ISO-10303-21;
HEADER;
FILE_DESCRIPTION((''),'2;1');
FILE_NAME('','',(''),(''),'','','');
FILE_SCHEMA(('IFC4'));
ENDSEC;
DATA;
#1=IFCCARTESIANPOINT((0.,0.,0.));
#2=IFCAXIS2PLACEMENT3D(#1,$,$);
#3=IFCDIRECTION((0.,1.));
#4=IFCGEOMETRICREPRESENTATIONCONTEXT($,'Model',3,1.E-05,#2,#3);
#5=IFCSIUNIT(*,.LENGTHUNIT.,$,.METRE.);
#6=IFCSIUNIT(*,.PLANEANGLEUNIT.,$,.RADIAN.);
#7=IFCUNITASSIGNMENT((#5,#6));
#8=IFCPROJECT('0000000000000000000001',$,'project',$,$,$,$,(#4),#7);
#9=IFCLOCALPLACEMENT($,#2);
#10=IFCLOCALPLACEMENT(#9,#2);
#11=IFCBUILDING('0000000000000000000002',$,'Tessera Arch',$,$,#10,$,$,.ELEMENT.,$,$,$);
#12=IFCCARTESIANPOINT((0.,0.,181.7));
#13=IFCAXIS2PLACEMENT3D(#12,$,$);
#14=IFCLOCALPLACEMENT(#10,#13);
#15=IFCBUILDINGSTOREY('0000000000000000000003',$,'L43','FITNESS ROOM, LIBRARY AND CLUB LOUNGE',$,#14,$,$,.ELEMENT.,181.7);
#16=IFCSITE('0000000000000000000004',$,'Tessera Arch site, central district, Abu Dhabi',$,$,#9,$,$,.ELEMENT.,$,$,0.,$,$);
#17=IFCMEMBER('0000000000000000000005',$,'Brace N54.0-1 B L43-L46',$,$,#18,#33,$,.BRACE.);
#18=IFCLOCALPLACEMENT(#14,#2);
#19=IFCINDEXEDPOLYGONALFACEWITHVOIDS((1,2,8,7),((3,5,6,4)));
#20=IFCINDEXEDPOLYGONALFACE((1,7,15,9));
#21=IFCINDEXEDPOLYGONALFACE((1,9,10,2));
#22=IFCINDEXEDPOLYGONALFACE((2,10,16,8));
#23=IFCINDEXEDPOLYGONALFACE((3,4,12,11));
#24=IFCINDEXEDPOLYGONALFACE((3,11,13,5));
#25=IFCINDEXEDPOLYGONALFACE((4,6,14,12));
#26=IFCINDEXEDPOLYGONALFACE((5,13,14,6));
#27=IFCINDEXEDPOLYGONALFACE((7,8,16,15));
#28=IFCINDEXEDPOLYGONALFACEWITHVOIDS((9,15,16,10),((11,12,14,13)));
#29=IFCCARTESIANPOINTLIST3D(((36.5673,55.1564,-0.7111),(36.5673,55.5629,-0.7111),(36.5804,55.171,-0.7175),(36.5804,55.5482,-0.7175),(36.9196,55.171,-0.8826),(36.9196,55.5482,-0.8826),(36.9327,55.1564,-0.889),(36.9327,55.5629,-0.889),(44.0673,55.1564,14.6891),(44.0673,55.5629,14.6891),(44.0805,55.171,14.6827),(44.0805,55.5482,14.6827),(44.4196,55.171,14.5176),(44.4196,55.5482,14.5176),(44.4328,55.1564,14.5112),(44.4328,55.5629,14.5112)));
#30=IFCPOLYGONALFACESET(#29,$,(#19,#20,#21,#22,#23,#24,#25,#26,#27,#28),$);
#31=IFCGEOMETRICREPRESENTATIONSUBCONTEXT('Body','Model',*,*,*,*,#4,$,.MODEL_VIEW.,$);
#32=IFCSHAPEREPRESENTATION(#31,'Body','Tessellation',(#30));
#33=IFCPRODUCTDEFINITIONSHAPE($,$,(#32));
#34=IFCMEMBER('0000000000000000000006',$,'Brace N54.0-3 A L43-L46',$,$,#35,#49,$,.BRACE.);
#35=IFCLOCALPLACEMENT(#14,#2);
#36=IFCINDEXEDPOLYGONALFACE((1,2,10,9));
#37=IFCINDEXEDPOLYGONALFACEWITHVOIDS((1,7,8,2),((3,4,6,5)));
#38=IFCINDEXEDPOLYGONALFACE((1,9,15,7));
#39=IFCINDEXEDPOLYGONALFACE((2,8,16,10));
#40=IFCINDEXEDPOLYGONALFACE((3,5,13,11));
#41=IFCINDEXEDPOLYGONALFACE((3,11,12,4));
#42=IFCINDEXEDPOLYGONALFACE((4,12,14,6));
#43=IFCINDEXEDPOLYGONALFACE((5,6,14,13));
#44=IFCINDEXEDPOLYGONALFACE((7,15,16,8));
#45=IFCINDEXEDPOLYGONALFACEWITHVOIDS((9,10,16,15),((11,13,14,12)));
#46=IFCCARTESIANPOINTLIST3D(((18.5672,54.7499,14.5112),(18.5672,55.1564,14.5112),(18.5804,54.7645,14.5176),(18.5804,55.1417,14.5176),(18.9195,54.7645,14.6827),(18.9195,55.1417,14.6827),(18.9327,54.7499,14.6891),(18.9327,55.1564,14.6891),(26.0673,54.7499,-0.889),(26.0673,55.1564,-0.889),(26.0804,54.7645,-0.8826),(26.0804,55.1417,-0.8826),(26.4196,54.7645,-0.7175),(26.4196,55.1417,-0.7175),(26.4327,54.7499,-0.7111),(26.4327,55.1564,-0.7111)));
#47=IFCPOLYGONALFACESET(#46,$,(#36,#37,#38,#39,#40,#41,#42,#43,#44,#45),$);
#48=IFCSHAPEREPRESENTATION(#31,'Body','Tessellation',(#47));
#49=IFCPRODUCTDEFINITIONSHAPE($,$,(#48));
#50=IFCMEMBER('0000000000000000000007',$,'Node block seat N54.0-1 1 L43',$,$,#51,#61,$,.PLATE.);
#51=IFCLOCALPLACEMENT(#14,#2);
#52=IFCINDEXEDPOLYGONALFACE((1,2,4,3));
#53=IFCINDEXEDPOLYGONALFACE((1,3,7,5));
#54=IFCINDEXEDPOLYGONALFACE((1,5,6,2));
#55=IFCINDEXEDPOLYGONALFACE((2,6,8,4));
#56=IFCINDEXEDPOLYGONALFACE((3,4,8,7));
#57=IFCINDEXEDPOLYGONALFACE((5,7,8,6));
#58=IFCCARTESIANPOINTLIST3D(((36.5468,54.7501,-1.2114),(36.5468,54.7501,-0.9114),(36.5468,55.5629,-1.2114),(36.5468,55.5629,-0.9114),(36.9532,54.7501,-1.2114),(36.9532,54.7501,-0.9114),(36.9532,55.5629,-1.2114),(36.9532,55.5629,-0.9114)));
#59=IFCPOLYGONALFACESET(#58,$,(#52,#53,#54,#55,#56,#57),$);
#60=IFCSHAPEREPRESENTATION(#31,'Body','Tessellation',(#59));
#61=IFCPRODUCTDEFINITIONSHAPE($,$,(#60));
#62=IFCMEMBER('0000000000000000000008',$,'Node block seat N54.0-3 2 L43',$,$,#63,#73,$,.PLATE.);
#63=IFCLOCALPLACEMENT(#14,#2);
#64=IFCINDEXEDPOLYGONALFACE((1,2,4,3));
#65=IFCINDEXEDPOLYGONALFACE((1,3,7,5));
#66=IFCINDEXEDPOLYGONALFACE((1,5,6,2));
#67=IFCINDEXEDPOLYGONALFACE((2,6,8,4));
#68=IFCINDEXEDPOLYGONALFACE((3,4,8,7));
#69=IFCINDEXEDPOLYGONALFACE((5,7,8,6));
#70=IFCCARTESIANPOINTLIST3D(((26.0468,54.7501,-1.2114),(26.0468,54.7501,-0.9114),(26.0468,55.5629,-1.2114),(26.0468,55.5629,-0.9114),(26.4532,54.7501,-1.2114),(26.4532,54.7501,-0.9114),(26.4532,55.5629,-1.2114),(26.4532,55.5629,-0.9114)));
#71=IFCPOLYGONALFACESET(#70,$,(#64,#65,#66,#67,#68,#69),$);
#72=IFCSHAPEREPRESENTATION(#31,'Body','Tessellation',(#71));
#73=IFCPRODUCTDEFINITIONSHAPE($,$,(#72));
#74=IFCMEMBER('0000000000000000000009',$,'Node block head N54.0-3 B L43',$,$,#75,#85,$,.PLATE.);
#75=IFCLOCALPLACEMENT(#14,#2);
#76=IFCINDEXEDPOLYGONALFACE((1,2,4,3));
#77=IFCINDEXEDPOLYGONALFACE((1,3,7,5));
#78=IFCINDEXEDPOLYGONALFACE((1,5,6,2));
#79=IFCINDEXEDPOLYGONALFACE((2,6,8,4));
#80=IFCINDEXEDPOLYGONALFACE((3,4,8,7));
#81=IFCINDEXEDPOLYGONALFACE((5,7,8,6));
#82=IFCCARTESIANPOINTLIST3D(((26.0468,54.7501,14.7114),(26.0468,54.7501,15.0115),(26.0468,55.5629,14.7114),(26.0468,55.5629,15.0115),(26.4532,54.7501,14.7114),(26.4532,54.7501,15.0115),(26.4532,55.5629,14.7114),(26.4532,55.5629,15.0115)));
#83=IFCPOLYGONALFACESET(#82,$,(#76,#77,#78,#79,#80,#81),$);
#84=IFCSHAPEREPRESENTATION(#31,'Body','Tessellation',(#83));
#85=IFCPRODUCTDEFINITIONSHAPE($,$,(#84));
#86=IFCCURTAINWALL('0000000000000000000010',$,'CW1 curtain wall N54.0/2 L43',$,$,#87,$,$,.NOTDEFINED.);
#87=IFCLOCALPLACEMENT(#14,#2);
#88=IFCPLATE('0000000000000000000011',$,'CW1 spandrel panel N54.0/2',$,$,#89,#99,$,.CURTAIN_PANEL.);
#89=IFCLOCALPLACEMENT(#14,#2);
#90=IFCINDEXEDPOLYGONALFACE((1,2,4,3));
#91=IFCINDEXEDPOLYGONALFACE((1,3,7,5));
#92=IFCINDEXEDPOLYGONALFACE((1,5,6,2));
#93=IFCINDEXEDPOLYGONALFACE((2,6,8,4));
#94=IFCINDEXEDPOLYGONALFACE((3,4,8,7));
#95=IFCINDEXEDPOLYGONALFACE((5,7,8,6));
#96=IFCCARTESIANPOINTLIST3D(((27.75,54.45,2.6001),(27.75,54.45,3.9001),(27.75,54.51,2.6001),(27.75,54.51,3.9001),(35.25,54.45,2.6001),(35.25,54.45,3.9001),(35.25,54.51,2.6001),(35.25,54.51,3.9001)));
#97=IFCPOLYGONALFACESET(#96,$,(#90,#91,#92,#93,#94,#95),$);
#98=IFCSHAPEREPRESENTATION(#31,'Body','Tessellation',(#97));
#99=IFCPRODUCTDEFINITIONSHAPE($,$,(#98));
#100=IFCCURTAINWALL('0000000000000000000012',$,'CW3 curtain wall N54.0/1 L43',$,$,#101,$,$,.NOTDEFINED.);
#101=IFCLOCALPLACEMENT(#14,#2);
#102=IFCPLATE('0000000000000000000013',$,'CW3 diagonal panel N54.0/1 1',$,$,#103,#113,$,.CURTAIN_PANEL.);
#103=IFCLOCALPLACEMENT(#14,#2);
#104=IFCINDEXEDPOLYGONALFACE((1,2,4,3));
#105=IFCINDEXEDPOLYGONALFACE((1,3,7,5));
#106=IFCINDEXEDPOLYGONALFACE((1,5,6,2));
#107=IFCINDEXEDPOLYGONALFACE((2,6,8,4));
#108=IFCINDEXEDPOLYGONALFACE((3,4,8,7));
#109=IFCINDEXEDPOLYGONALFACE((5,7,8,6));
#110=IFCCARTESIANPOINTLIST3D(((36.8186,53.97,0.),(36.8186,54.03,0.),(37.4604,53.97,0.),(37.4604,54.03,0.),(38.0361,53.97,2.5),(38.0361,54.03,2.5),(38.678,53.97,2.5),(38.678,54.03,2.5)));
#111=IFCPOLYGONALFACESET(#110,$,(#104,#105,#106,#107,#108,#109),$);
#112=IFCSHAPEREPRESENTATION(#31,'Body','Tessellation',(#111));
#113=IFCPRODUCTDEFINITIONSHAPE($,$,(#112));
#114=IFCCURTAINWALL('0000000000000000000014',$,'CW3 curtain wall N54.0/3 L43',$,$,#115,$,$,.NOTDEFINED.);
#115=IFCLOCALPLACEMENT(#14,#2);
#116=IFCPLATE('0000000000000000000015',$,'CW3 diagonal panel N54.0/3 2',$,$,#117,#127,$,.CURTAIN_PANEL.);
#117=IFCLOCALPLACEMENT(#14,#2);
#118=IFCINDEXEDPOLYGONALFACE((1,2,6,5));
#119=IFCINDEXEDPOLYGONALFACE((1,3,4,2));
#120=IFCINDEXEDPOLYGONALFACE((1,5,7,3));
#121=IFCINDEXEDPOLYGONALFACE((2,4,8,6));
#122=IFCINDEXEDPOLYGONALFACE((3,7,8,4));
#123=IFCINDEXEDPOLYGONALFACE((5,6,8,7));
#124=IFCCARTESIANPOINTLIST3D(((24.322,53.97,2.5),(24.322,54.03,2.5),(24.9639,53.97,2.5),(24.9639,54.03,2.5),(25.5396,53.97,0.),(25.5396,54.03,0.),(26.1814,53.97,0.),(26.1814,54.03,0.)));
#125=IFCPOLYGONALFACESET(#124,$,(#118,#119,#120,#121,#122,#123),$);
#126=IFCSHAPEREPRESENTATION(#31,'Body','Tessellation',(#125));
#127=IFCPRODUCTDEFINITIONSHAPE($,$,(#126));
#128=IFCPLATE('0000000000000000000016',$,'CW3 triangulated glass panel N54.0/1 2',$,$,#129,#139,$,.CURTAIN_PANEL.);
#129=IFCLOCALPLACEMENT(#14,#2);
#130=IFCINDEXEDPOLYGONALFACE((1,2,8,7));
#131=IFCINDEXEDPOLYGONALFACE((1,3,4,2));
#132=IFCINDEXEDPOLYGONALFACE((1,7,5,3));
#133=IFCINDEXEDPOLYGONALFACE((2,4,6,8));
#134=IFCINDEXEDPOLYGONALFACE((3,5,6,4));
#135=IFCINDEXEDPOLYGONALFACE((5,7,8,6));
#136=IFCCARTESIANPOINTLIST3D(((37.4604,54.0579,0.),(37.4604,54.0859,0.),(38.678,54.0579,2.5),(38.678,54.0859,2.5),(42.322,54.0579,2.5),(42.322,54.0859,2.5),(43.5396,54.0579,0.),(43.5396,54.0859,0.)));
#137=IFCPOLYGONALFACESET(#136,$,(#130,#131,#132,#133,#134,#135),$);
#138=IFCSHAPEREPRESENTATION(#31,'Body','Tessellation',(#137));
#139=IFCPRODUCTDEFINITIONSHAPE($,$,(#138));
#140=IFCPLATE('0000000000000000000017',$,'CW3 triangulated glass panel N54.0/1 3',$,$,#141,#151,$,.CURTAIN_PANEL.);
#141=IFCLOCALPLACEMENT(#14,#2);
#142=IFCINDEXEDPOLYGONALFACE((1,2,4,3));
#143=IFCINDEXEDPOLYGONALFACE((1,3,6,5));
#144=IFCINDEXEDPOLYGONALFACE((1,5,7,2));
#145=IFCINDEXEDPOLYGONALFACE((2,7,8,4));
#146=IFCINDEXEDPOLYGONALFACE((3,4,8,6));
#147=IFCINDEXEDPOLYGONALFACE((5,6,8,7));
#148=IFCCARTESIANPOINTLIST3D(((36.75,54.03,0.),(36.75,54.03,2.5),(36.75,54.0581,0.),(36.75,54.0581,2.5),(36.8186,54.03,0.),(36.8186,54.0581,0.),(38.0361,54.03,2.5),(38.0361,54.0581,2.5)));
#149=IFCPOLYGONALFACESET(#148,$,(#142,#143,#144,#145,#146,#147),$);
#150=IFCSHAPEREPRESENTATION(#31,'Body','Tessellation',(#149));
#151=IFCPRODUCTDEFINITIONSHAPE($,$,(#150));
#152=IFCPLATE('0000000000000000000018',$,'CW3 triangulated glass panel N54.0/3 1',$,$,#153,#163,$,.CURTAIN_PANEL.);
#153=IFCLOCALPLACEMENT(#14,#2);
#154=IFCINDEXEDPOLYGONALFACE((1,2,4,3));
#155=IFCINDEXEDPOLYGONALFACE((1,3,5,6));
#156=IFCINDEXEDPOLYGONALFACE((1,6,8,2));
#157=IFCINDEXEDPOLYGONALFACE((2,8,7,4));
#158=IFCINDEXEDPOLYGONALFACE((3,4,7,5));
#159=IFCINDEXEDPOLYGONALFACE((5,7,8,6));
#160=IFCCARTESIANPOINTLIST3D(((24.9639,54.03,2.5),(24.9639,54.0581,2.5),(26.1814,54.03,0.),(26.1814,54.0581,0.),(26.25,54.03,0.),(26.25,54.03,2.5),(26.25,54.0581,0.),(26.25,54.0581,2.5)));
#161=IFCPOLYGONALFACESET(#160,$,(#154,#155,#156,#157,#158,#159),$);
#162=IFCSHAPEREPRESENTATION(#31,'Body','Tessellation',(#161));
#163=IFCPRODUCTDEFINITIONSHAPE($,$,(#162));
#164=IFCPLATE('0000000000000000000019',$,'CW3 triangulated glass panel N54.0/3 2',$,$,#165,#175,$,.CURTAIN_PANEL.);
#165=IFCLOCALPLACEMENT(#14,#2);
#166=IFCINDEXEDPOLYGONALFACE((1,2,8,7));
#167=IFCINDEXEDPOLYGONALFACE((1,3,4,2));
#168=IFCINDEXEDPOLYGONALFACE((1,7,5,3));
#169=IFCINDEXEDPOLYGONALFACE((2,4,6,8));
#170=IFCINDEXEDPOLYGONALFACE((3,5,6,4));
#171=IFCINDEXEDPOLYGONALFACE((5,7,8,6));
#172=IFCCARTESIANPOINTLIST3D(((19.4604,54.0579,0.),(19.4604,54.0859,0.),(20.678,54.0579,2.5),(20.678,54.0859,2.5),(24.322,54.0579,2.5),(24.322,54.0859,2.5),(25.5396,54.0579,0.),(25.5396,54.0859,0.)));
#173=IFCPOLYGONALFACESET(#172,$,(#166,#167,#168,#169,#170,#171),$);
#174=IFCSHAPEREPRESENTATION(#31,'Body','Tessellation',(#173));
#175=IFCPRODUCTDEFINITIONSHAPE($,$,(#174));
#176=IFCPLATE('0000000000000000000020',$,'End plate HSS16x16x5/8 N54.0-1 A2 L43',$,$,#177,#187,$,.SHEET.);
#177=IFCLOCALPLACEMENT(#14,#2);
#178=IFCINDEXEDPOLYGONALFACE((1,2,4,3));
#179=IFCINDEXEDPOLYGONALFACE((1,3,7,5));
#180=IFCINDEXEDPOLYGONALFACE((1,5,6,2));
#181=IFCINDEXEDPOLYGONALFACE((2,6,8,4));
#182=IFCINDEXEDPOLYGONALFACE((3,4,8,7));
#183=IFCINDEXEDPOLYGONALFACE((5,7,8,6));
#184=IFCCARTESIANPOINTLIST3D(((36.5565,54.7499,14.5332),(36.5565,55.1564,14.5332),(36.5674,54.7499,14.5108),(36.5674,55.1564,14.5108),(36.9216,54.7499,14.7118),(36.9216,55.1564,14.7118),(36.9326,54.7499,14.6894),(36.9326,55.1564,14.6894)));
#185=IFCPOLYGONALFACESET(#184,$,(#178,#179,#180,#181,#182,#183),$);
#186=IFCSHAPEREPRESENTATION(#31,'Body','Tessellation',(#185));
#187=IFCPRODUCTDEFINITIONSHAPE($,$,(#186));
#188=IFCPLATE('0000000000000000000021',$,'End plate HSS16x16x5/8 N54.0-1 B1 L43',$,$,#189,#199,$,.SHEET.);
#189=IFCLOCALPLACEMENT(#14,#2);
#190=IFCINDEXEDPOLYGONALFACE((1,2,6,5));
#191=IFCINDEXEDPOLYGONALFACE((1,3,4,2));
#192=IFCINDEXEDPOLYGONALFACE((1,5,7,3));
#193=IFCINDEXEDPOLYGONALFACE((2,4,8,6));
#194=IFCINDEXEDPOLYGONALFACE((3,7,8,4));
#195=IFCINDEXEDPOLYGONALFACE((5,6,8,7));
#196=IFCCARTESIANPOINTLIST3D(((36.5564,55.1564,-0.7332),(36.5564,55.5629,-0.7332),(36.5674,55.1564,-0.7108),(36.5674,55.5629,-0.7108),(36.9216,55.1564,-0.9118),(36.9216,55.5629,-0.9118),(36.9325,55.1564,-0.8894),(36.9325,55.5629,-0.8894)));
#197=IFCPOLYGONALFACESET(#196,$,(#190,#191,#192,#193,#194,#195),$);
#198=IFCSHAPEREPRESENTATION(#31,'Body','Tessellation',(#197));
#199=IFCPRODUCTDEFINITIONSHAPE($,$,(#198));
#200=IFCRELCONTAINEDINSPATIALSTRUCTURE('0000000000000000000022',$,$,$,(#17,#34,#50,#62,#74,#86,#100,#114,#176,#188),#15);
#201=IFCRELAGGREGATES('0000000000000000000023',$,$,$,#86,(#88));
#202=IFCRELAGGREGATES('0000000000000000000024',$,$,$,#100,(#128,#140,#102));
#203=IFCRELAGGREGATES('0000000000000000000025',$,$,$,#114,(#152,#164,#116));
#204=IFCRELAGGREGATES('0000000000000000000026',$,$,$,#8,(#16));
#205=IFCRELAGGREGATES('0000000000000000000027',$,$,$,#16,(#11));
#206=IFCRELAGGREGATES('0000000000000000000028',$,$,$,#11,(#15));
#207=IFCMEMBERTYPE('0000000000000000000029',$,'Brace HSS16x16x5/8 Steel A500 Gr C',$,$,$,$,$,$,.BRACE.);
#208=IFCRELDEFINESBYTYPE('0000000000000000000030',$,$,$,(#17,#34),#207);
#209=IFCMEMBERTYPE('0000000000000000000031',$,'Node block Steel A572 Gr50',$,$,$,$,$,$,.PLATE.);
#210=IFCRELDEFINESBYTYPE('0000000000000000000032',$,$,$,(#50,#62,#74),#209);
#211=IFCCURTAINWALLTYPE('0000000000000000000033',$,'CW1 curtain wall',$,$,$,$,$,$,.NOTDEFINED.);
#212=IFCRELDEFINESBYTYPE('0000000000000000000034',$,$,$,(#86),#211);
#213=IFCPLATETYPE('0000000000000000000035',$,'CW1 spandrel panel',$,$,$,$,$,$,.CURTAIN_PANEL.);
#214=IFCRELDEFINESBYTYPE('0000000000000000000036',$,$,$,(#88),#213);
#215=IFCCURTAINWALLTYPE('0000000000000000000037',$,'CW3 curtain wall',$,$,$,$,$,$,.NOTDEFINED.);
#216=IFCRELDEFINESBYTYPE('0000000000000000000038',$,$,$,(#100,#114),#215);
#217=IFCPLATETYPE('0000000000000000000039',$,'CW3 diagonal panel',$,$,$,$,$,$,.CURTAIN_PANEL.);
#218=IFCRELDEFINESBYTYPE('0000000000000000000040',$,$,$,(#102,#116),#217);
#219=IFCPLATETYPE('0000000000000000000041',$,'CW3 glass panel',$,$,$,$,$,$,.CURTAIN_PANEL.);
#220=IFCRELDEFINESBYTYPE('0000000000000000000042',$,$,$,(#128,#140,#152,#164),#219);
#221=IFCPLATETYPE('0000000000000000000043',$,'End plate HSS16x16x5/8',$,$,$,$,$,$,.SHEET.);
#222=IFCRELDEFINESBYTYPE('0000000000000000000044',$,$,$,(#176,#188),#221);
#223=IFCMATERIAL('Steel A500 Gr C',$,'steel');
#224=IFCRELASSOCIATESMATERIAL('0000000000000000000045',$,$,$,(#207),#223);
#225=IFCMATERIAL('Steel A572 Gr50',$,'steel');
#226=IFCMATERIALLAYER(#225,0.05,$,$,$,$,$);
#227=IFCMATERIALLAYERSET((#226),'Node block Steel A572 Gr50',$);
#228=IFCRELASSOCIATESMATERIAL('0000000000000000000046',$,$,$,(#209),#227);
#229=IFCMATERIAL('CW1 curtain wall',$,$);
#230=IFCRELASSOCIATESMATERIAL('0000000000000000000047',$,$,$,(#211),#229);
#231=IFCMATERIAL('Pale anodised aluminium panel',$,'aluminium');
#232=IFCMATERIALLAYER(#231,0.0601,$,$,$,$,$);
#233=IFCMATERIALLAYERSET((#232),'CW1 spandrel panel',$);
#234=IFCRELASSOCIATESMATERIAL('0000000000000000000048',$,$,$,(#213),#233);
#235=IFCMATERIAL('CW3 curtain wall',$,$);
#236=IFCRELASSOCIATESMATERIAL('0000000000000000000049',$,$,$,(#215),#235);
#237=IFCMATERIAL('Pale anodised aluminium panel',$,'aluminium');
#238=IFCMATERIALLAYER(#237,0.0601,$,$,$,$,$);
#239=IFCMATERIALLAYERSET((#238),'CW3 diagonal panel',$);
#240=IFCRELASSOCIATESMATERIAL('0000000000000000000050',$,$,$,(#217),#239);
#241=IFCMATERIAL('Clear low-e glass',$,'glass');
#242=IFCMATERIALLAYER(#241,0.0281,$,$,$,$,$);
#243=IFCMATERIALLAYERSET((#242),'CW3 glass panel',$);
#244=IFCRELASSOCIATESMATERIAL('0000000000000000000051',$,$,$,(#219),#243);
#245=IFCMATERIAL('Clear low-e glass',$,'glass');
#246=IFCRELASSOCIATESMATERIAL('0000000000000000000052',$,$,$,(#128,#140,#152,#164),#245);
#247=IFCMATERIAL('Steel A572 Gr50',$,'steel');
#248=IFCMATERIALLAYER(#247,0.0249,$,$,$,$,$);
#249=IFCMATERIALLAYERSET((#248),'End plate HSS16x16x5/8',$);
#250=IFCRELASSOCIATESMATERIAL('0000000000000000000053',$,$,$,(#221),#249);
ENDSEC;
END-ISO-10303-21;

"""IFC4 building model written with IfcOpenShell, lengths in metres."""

from ifc_helpers import new_model, si_unit, direction, frame, origin, origin_2d, place, context, subcontext, project, spatial, polyline, rectangle, hollow_rectangle, outline, extrude, material, layer, layer_set, material_profile, profile_set, type_object, element, aggregate, save


model = new_model("IFC4")

# Units and contexts
model_context = context("Model", 3, precision=1e-05, world=origin(), true_north=direction((0.0, 1.0)))
body_context = subcontext(model_context, "Body", "Model", "MODEL_VIEW")
ifc_project = project(units=[si_unit("LENGTHUNIT", "METRE"), si_unit("PLANEANGLEUNIT", "RADIAN")], contexts=[model_context])

# Site, building, storey
site_placement = place(None, origin())
site = spatial("IfcSite", under=ifc_project, at=site_placement, Name="Tessera Arch site, central district, Abu Dhabi", CompositionType="ELEMENT", RefElevation=0.0)
building_placement = place(site_placement, origin())
building = spatial("IfcBuilding", under=site, at=building_placement, Name="Tessera Arch", CompositionType="ELEMENT")
storey_placement = place(building_placement, frame((0.0, 0.0, 181.7)))
storey = spatial("IfcBuildingStorey", under=building, at=storey_placement, Name="L43", Description="FITNESS ROOM, LIBRARY AND CLUB LOUNGE", CompositionType="ELEMENT", Elevation=181.7)

# Members
ifc_material_1 = material(Name="Steel A500 Gr C", Category="steel")
ifc_material_profile = material_profile(ifc_material_1, hollow_rectangle(XDim=0.4065, YDim=0.4065, WallThickness=0.0146, at=origin_2d()), Name="HSS16x16x5/8")
ifc_profile_set = profile_set([ifc_material_profile], Name="Steel A500 Gr C")
member_type_1 = type_object("IfcMemberType", Name="Brace HSS16x16x5/8 Steel A500 Gr C", PredefinedType="BRACE", material=ifc_profile_set)
for number, where, z_axis, x_axis, name in (
    (1, (36.75, 55.3596, -0.8), (0.437845, 0.0, 0.89905), (0.0, 1.0, 0.0), "Brace N54.0-1 B L43-L46"),
    (2, (26.25, 54.9531, -0.8), (-0.437845, 0.0, 0.89905), (0.0, -1.0, 0.0), "Brace N54.0-3 A L43-L46"),
):
    element("IfcMember", number, at=place(storey_placement, frame(where, z_axis=z_axis, x_axis=x_axis)), inside=storey, type_object=member_type_1, Name=name, PredefinedType="BRACE", context=body_context, shape_type="SweptSolid", body=[
        extrude(hollow_rectangle(XDim=0.4065, YDim=0.4065, WallThickness=0.0146, at=origin_2d()), origin(), (0.0, 0.0, 1.0), 17.1294),
    ])
ifc_material_2 = material(Name="Steel A572 Gr50", Category="steel")
ifc_layer_1 = layer(ifc_material_2, 0.05)
ifc_layer_set_1 = layer_set([ifc_layer_1], Name="Node block Steel A572 Gr50")
member_type_2 = type_object("IfcMemberType", Name="Node block Steel A572 Gr50", PredefinedType="PLATE", material=ifc_layer_set_1)
for number, where, z_axis, x_axis, name in (
    (3, (36.75, 55.1565, -1.2114), (0.0, 0.0, 1.0), (-1.0, 0.0, 0.0), "Node block seat N54.0-1 1 L43"),
    (4, (26.25, 55.1565, -1.2114), (0.0, 0.0, 1.0), (-1.0, 0.0, 0.0), "Node block seat N54.0-3 2 L43"),
    (5, (26.25, 55.1565, 14.7114), (0.0, 0.0, 1.0), (-1.0, 0.0, 0.0), "Node block head N54.0-3 B L43"),
):
    element("IfcMember", number, at=place(storey_placement, frame(where, z_axis=z_axis, x_axis=x_axis)), inside=storey, type_object=member_type_2, Name=name, PredefinedType="PLATE", context=body_context, shape_type="SweptSolid", body=[
        extrude(rectangle(XDim=0.4065, YDim=0.8127, at=origin_2d()), origin(), (0.0, 0.0, 1.0), 0.3),
    ])

# Curtain walls, plates
ifc_material_3 = material(Name="CW1 curtain wall")
curtain_wall_type_1 = type_object("IfcCurtainWallType", Name="CW1 curtain wall", PredefinedType="NOTDEFINED", material=ifc_material_3)
curtain_wall_1_placement = place(storey_placement, origin())
curtain_wall_1 = element("IfcCurtainWall", 6, at=curtain_wall_1_placement, inside=storey, type_object=curtain_wall_type_1, Name="CW1 curtain wall N54.0/2 L43", PredefinedType="NOTDEFINED")
ifc_material_4 = material(Name="Pale anodised aluminium panel", Category="aluminium")
ifc_layer_2 = layer(ifc_material_4, 0.0601)
ifc_layer_set_2 = layer_set([ifc_layer_2], Name="CW1 spandrel panel")
plate_type_1 = type_object("IfcPlateType", Name="CW1 spandrel panel", PredefinedType="CURTAIN_PANEL", material=ifc_layer_set_2)
plate_1_placement = place(storey_placement, frame((31.5, 54.48, 2.6001), z_axis=(0.0, 0.0, 1.0), x_axis=(-1.0, 0.0, 0.0)))
plate_1 = element("IfcPlate", 7, at=plate_1_placement, type_object=plate_type_1, Name="CW1 spandrel panel N54.0/2", PredefinedType="CURTAIN_PANEL", context=body_context, shape_type="SweptSolid", body=[
    extrude(rectangle(XDim=7.5, YDim=0.0601, at=origin_2d()), origin(), (0.0, 0.0, 1.0), 1.3),
])
aggregate(curtain_wall_1, [plate_1])
ifc_material_5 = material(Name="CW3 curtain wall")
curtain_wall_type_2 = type_object("IfcCurtainWallType", Name="CW3 curtain wall", PredefinedType="NOTDEFINED", material=ifc_material_5)
curtain_wall_2_placement = place(storey_placement, origin())
curtain_wall_2 = element("IfcCurtainWall", 8, at=curtain_wall_2_placement, inside=storey, type_object=curtain_wall_type_2, Name="CW3 curtain wall N54.0/1 L43", PredefinedType="NOTDEFINED")
ifc_material_6 = material(Name="Pale anodised aluminium panel", Category="aluminium")
ifc_layer_3 = layer(ifc_material_6, 0.0601)
ifc_layer_set_3 = layer_set([ifc_layer_3], Name="CW3 diagonal panel")
plate_type_2 = type_object("IfcPlateType", Name="CW3 diagonal panel", PredefinedType="CURTAIN_PANEL", material=ifc_layer_set_3)
plate_2_placement = place(storey_placement, frame((38.0361, 54.03, 2.5), z_axis=(0.0, 1.0, 0.0), x_axis=(1.0, 0.0, 0.0)))
plate_2 = element("IfcPlate", 9, at=plate_2_placement, type_object=plate_type_2, Name="CW3 diagonal panel N54.0/1 1", PredefinedType="CURTAIN_PANEL", context=body_context, shape_type="SweptSolid", body=[
    extrude(outline(polyline([(0.0, 0.0), (0.6418, 0.0), (-0.5757, 2.5), (-1.2175, 2.5), (0.0, 0.0)])), origin(), (0.0, 0.0, -1.0), 0.0601),
])
curtain_wall_3_placement = place(storey_placement, origin())
curtain_wall_3 = element("IfcCurtainWall", 10, at=curtain_wall_3_placement, inside=storey, type_object=curtain_wall_type_2, Name="CW3 curtain wall N54.0/3 L43", PredefinedType="NOTDEFINED")
plate_3_placement = place(storey_placement, frame((24.322, 54.03, 2.5), z_axis=(0.0, 1.0, 0.0), x_axis=(1.0, 0.0, 0.0)))
plate_3 = element("IfcPlate", 11, at=plate_3_placement, type_object=plate_type_2, Name="CW3 diagonal panel N54.0/3 2", PredefinedType="CURTAIN_PANEL", context=body_context, shape_type="SweptSolid", body=[
    extrude(outline(polyline([(0.0, 0.0), (0.6418, 0.0), (1.8594, 2.5), (1.2175, 2.5), (0.0, 0.0)])), origin(), (0.0, 0.0, -1.0), 0.0601),
])

# Plates
ifc_material_7 = material(Name="Clear low-e glass", Category="glass")
ifc_material_8 = material(Name="Clear low-e glass", Category="glass")
ifc_layer_4 = layer(ifc_material_8, 0.0281)
ifc_layer_set_4 = layer_set([ifc_layer_4], Name="CW3 glass panel")
plate_type_3 = type_object("IfcPlateType", Name="CW3 glass panel", PredefinedType="CURTAIN_PANEL", material=ifc_layer_set_4)
plate_4_placement = place(storey_placement, frame((38.678, 54.0859, 2.5), z_axis=(0.0, 1.0, 0.0), x_axis=(1.0, 0.0, 0.0)))
plate_4 = element("IfcPlate", 12, at=plate_4_placement, type_object=plate_type_3, material=ifc_material_7, Name="CW3 triangulated glass panel N54.0/1 2", PredefinedType="CURTAIN_PANEL", context=body_context, shape_type="SweptSolid", body=[
    extrude(outline(polyline([(0.0, 0.0), (3.644, 0.0), (4.8616, 2.5), (-1.2175, 2.5), (0.0, 0.0)])), origin(), (0.0, 0.0, -1.0), 0.0281),
])
plate_5_placement = place(storey_placement, frame((36.75, 54.0581, 2.5), z_axis=(0.0, 1.0, 0.0), x_axis=(1.0, 0.0, 0.0)))
plate_5 = element("IfcPlate", 13, at=plate_5_placement, type_object=plate_type_3, material=ifc_material_7, Name="CW3 triangulated glass panel N54.0/1 3", PredefinedType="CURTAIN_PANEL", context=body_context, shape_type="SweptSolid", body=[
    extrude(outline(polyline([(0.0, 0.0), (1.2861, 0.0), (0.0686, 2.5), (0.0, 2.5), (0.0, 0.0)])), origin(), (0.0, 0.0, -1.0), 0.0281),
])
aggregate(curtain_wall_2, [plate_4, plate_5, plate_2])
plate_6_placement = place(storey_placement, frame((26.25, 54.0581, 0.0), z_axis=(0.0, 1.0, 0.0), x_axis=(-1.0, 0.0, 0.0)))
plate_6 = element("IfcPlate", 14, at=plate_6_placement, type_object=plate_type_3, material=ifc_material_7, Name="CW3 triangulated glass panel N54.0/3 1", PredefinedType="CURTAIN_PANEL", context=body_context, shape_type="SweptSolid", body=[
    extrude(outline(polyline([(0.0, 0.0), (0.0686, 0.0), (1.2861, 2.5), (0.0, 2.5), (0.0, 0.0)])), origin(), (0.0, 0.0, -1.0), 0.0281),
])
plate_7_placement = place(storey_placement, frame((20.678, 54.0859, 2.5), z_axis=(0.0, 1.0, 0.0), x_axis=(1.0, 0.0, 0.0)))
plate_7 = element("IfcPlate", 15, at=plate_7_placement, type_object=plate_type_3, material=ifc_material_7, Name="CW3 triangulated glass panel N54.0/3 2", PredefinedType="CURTAIN_PANEL", context=body_context, shape_type="SweptSolid", body=[
    extrude(outline(polyline([(0.0, 0.0), (3.644, 0.0), (4.8616, 2.5), (-1.2175, 2.5), (0.0, 0.0)])), origin(), (0.0, 0.0, -1.0), 0.0281),
])
aggregate(curtain_wall_3, [plate_6, plate_7, plate_3])

# Plates
ifc_material_9 = material(Name="Steel A572 Gr50", Category="steel")
ifc_layer_5 = layer(ifc_material_9, 0.0249)
ifc_layer_set_5 = layer_set([ifc_layer_5], Name="End plate HSS16x16x5/8")
plate_type_4 = type_object("IfcPlateType", Name="End plate HSS16x16x5/8", PredefinedType="SHEET", material=ifc_layer_set_5)
for number, where, z_axis, x_axis, name in (
    (16, (36.75, 54.9531, 14.6001), (-0.439385, 0.0, 0.898299), (0.0, -1.0, 0.0), "End plate HSS16x16x5/8 N54.0-1 A2 L43"),
    (17, (36.739, 55.3596, -0.8225), (0.439385, 0.0, 0.898299), (0.0, 1.0, 0.0), "End plate HSS16x16x5/8 N54.0-1 B1 L43"),
):
    element("IfcPlate", number, at=place(storey_placement, frame(where, z_axis=z_axis, x_axis=x_axis)), inside=storey, type_object=plate_type_4, Name=name, PredefinedType="SHEET", context=body_context, shape_type="SweptSolid", body=[
        extrude(rectangle(XDim=0.4065, YDim=0.4065, at=origin_2d()), origin(), (0.0, 0.0, 1.0), 0.0249),
    ])

save(model, "model.ifc")
